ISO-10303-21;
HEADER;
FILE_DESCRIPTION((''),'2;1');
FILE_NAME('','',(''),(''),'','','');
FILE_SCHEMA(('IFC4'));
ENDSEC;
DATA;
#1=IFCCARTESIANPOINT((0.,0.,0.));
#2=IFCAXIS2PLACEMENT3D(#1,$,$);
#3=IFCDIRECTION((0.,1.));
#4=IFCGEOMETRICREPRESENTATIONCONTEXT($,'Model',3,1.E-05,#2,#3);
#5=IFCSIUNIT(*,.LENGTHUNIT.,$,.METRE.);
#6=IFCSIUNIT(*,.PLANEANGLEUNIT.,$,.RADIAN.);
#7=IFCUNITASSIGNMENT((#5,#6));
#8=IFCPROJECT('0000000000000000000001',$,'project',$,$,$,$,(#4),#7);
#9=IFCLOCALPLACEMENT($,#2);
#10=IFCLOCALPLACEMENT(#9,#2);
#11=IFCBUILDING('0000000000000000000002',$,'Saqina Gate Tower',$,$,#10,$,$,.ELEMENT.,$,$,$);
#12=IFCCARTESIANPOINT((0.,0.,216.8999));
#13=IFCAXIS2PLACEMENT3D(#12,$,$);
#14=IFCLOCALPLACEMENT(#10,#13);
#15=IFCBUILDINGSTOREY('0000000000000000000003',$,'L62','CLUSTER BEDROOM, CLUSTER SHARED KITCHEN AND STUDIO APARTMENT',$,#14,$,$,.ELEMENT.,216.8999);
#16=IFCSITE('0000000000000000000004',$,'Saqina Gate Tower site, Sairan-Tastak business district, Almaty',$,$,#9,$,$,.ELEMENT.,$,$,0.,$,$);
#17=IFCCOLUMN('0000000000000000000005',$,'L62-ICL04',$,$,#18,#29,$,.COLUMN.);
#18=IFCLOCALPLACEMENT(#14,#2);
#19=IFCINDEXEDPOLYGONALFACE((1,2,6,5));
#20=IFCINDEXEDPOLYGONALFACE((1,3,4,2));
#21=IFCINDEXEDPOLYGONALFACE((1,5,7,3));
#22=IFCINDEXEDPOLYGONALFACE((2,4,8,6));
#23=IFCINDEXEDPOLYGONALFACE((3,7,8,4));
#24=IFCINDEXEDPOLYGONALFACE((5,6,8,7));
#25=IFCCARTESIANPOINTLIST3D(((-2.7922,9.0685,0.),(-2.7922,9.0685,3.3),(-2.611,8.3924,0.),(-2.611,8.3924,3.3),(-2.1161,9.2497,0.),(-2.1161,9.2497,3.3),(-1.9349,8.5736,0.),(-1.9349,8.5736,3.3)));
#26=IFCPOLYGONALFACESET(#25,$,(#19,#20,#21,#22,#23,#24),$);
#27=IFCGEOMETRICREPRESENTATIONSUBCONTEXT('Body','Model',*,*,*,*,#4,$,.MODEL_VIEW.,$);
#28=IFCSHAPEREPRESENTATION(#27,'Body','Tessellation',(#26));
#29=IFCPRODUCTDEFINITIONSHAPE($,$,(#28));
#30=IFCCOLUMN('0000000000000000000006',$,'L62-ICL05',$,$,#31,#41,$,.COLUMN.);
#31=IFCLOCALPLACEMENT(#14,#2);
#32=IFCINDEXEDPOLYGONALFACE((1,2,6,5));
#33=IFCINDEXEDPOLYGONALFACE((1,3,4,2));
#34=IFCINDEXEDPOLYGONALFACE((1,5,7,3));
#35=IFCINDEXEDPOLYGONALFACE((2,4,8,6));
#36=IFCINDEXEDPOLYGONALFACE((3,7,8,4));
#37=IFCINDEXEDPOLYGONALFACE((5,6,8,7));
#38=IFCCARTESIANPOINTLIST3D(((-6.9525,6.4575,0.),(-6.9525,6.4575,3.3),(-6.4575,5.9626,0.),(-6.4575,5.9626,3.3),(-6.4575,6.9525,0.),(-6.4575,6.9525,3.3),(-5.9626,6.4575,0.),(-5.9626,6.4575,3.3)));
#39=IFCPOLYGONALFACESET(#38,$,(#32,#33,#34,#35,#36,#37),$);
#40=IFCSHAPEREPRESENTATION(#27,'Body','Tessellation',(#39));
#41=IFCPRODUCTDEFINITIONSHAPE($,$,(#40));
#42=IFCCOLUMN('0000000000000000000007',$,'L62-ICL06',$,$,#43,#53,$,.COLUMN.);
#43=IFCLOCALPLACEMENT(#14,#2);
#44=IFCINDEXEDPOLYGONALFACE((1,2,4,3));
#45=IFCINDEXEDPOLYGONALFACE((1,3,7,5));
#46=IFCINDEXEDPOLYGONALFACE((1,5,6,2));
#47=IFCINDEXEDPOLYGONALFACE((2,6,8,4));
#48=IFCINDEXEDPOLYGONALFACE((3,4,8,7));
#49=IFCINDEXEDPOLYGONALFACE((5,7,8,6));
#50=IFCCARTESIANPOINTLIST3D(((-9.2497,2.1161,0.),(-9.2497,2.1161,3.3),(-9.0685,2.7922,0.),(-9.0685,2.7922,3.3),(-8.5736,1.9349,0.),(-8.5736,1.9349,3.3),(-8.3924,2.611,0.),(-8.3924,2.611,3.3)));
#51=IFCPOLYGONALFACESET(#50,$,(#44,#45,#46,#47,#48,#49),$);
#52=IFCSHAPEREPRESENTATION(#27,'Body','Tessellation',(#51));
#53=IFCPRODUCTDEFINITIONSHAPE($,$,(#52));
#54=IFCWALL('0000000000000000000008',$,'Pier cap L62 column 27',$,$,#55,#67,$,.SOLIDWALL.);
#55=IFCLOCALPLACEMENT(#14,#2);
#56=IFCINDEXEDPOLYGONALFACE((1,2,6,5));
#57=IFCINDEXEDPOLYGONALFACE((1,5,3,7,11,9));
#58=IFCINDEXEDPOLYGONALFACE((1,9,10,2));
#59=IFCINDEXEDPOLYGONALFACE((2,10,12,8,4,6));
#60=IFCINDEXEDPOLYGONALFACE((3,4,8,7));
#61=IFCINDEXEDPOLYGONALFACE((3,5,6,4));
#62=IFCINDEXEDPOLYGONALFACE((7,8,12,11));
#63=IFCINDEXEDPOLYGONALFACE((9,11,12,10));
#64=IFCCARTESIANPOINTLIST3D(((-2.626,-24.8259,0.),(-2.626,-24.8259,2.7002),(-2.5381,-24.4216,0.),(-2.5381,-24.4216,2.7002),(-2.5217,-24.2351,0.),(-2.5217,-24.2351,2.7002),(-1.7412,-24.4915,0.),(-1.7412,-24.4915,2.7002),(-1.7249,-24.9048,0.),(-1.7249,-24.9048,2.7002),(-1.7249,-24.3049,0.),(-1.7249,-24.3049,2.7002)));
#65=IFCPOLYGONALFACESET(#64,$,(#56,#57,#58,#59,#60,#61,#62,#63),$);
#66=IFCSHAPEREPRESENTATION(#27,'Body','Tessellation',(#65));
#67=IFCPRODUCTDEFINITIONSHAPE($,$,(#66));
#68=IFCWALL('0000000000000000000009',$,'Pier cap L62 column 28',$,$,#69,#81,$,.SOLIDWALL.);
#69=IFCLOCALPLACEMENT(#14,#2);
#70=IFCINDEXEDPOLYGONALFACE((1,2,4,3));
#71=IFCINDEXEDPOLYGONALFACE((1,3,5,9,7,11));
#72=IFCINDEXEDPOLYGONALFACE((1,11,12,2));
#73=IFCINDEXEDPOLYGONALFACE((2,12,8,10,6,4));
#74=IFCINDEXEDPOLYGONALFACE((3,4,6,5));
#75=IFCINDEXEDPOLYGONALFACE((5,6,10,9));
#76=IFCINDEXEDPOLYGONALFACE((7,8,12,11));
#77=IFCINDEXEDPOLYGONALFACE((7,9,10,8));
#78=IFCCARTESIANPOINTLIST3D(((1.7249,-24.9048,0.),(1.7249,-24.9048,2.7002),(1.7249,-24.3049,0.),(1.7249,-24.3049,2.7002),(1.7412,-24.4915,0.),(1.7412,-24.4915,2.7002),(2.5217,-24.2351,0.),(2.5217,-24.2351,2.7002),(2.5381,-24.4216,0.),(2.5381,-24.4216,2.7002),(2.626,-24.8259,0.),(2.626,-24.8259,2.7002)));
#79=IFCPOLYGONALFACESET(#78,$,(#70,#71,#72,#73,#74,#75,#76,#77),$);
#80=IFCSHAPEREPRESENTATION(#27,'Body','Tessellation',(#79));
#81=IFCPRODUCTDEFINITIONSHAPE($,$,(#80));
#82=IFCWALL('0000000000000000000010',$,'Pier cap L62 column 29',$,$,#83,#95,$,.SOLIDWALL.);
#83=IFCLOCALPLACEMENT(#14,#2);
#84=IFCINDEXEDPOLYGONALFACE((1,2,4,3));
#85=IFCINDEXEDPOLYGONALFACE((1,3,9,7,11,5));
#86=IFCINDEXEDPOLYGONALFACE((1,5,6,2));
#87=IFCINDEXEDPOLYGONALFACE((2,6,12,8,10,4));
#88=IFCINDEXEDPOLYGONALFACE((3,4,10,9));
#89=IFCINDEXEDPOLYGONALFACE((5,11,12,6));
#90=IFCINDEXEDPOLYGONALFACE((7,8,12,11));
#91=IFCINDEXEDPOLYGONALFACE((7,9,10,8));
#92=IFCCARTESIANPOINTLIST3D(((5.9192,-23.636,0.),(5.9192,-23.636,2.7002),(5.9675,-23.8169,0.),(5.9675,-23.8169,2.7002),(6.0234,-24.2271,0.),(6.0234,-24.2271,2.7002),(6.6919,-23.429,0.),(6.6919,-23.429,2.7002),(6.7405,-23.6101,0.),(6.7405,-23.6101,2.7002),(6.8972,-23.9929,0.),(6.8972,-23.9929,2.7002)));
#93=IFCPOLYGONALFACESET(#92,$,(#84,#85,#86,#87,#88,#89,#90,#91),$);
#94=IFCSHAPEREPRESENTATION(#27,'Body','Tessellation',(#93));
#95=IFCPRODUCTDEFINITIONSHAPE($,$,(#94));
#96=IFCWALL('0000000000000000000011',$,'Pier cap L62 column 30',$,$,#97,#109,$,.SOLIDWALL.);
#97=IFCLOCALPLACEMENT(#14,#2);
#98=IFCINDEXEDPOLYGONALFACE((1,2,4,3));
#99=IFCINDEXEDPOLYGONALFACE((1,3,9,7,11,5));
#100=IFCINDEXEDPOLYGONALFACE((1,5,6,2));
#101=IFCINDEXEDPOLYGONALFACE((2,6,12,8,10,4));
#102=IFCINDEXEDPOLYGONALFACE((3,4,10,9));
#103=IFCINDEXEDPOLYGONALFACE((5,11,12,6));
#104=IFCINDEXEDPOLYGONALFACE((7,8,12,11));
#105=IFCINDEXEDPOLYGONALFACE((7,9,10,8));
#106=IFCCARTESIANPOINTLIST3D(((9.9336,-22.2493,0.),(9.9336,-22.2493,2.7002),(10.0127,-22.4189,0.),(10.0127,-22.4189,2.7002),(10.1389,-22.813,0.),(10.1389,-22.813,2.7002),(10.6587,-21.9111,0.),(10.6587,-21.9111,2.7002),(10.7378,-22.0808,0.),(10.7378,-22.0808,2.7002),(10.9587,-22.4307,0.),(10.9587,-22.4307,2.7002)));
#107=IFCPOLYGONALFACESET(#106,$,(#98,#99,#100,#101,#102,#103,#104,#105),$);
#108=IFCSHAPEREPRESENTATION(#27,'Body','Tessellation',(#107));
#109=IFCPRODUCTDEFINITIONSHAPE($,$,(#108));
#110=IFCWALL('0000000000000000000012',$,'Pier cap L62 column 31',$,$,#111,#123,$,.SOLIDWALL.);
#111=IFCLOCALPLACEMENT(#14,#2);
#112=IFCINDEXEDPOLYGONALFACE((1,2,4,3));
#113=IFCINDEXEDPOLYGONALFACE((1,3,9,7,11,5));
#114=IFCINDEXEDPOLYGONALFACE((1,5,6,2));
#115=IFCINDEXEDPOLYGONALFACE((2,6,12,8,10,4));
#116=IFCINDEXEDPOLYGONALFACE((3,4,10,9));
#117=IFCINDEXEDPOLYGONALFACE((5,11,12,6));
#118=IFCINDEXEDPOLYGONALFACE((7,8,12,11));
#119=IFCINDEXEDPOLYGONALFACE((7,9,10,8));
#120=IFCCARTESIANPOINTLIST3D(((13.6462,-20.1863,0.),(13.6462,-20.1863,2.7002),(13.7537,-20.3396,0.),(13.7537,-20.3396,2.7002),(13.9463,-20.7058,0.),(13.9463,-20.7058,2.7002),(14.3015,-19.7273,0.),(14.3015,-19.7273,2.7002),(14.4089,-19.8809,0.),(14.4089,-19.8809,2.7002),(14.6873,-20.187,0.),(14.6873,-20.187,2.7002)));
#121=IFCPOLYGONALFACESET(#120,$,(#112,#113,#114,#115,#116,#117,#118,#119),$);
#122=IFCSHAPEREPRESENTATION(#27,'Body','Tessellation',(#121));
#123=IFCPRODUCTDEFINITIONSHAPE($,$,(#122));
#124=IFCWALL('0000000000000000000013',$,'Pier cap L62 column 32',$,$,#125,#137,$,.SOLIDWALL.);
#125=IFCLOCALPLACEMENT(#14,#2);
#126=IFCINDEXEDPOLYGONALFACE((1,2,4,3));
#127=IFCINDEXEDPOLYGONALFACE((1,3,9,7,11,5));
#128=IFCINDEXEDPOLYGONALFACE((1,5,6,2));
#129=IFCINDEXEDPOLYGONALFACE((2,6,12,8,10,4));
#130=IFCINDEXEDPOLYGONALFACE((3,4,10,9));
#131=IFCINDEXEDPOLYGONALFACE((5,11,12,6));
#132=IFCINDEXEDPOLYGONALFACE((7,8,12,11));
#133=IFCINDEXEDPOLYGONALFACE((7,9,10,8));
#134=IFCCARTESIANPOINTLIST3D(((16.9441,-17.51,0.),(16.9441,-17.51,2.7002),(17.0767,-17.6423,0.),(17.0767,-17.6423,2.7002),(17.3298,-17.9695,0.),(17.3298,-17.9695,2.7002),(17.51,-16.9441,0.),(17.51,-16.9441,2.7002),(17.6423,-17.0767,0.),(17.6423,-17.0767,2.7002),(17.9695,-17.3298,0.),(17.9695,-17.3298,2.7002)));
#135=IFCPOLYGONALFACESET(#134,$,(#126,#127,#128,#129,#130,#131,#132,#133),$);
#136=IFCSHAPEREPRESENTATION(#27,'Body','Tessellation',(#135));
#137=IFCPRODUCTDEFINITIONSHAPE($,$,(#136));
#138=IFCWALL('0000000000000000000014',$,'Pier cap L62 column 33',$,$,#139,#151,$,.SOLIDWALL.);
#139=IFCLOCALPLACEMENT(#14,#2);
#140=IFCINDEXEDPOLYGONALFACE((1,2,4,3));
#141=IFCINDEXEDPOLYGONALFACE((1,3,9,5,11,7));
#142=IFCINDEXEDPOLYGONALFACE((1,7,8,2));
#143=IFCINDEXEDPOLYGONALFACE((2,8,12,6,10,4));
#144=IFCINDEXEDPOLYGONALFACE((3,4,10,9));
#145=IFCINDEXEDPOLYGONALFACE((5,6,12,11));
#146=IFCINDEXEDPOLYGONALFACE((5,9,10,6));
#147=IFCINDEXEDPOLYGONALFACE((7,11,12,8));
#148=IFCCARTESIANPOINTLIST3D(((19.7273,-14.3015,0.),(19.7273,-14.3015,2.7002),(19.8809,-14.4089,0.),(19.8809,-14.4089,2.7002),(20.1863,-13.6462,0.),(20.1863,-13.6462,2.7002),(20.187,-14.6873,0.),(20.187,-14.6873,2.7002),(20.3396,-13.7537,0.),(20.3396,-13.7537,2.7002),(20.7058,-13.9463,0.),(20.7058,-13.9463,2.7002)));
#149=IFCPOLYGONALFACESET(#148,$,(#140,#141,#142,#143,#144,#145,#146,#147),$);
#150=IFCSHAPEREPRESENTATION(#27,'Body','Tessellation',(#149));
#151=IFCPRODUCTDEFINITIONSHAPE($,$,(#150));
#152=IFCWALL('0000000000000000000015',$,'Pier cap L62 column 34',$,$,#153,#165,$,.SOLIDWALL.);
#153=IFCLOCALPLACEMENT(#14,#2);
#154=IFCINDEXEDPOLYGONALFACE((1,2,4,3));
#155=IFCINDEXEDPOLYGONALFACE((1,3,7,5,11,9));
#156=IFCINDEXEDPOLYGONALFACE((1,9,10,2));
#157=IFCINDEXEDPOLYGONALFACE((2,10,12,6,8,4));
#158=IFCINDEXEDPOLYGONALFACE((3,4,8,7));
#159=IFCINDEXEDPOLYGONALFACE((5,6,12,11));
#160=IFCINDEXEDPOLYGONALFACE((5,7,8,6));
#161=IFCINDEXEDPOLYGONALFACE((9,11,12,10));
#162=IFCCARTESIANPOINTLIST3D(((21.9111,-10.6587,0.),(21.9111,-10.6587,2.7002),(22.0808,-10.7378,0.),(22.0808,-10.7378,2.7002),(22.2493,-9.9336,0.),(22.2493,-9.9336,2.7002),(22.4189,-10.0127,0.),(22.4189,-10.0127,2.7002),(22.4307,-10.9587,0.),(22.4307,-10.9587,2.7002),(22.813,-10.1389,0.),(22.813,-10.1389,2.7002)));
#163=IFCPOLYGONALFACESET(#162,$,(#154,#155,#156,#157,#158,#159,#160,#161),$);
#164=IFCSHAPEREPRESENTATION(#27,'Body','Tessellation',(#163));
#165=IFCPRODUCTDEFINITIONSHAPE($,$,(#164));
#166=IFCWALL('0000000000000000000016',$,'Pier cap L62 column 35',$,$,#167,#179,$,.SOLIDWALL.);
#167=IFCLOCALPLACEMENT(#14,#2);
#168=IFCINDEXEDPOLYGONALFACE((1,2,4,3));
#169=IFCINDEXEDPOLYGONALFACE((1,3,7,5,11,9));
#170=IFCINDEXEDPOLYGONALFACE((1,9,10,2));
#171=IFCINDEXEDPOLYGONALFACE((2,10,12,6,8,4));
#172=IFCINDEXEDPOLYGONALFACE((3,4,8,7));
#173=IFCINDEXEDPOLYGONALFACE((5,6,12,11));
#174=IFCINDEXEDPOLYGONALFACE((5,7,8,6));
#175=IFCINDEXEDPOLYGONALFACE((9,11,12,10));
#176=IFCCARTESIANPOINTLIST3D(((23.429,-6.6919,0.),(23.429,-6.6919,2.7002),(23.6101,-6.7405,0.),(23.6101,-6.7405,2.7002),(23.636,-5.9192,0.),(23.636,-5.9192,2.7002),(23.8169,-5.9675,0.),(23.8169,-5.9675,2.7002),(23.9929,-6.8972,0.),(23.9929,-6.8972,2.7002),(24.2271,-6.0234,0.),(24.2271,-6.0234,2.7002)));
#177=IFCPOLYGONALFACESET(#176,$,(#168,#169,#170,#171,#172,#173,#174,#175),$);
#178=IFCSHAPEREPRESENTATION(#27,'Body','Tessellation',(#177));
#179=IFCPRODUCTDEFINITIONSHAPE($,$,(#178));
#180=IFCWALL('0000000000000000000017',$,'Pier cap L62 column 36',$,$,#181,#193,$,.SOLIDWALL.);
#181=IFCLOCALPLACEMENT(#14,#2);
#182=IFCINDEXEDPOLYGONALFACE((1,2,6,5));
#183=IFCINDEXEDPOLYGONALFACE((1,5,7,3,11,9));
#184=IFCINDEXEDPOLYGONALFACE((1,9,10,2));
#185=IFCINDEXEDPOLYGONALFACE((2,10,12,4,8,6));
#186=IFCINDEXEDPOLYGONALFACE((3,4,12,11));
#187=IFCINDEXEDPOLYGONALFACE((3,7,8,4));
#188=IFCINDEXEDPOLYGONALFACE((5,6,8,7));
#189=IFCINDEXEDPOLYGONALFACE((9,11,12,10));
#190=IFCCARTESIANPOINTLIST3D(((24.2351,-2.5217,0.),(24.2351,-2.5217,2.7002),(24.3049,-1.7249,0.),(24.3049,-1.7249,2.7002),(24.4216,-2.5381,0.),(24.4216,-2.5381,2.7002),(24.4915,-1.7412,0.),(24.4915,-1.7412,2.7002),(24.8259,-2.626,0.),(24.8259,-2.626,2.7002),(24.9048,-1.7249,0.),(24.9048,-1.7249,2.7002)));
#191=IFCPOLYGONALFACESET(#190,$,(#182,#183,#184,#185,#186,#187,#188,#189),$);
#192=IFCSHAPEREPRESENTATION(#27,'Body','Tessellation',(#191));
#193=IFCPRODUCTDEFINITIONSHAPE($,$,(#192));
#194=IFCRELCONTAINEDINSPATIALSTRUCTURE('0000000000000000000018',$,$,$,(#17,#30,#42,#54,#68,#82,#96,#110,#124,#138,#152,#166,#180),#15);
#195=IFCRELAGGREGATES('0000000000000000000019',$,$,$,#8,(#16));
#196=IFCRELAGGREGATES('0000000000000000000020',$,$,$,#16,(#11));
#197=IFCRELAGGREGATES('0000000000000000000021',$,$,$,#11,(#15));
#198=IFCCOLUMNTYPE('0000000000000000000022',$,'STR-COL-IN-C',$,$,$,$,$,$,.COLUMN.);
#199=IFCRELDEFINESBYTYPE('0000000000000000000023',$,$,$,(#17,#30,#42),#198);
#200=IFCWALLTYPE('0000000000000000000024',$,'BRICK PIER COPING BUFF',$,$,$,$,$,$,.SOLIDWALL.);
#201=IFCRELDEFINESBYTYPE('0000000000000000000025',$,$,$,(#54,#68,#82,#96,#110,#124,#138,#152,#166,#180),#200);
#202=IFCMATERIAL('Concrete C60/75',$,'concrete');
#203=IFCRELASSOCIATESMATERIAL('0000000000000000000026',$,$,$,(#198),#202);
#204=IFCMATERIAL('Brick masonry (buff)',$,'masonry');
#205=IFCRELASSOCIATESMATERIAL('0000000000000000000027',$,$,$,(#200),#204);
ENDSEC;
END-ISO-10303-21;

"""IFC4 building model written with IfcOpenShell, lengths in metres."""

from ifc_helpers import new_model, si_unit, direction, frame, origin, origin_2d, place, context, subcontext, project, spatial, polyline, rectangle, outline, extrude, material, material_profile, profile_set, type_object, element, save


model = new_model("IFC4")

# Units and contexts
model_context = context("Model", 3, precision=1e-05, world=origin(), true_north=direction((0.0, 1.0)))
body_context = subcontext(model_context, "Body", "Model", "MODEL_VIEW")
ifc_project = project(units=[si_unit("LENGTHUNIT", "METRE"), si_unit("PLANEANGLEUNIT", "RADIAN")], contexts=[model_context])

# Site, building, storey
site_placement = place(None, origin())
site = spatial("IfcSite", under=ifc_project, at=site_placement, Name="Saqina Gate Tower site, Sairan-Tastak business district, Almaty", CompositionType="ELEMENT", RefElevation=0.0)
building_placement = place(site_placement, origin())
building = spatial("IfcBuilding", under=site, at=building_placement, Name="Saqina Gate Tower", CompositionType="ELEMENT")
storey_placement = place(building_placement, frame((0.0, 0.0, 216.8999)))
storey = spatial("IfcBuildingStorey", under=building, at=storey_placement, Name="L62", Description="CLUSTER BEDROOM, CLUSTER SHARED KITCHEN AND STUDIO APARTMENT", CompositionType="ELEMENT", Elevation=216.8999)

# Columns
ifc_material_1 = material(Name="Concrete C60/75", Category="concrete")
ifc_material_profile = material_profile(ifc_material_1, rectangle(XDim=0.7, YDim=0.7, at=origin_2d()), Name="RC 700x700")
ifc_profile_set = profile_set([ifc_material_profile], Name="Concrete C60/75")
column_type = type_object("IfcColumnType", Name="STR-COL-IN-C", PredefinedType="COLUMN", material=ifc_profile_set)
for number, where, z_axis, x_axis, name in (
    (1, (-2.3635, 8.821, 0.0), (0.0, 0.0, 1.0), (-0.258819, 0.965926, 0.0), "L62-ICL04"),
    (2, (-6.4575, 6.4575, 0.0), (0.0, 0.0, 1.0), (-0.707107, 0.707107, 0.0), "L62-ICL05"),
    (3, (-8.821, 2.3635, 0.0), (0.0, 0.0, 1.0), (-0.965926, 0.258819, 0.0), "L62-ICL06"),
):
    element("IfcColumn", number, at=place(storey_placement, frame(where, z_axis=z_axis, x_axis=x_axis)), inside=storey, type_object=column_type, Name=name, PredefinedType="COLUMN", context=body_context, shape_type="SweptSolid", body=[
        extrude(rectangle(XDim=0.7, YDim=0.7, at=origin_2d()), origin(), (0.0, 0.0, 1.0), 3.3),
    ])

# Walls
ifc_material_2 = material(Name="Brick masonry (buff)", Category="masonry")
wall_type_1 = type_object("IfcWallType", Name="BRICK PIER COPING BUFF", PredefinedType="SOLIDWALL", material=ifc_material_2)
wall_1_placement = place(storey_placement, origin())
element("IfcWall", 4, at=wall_1_placement, inside=storey, type_object=wall_type_1, Name="Pier cap L62 column 27", PredefinedType="SOLIDWALL", context=body_context, shape_type="SweptSolid", body=[
    extrude(outline(polyline([(-2.626, -24.8259), (-1.7249, -24.9048), (-1.7249, -24.3049), (-1.7412, -24.4915), (-2.5381, -24.4216), (-2.5217, -24.2351), (-2.626, -24.8259)])), origin(), (0.0, 0.0, 1.0), 2.7002),
])
wall_2_placement = place(storey_placement, origin())
element("IfcWall", 5, at=wall_2_placement, inside=storey, type_object=wall_type_1, Name="Pier cap L62 column 28", PredefinedType="SOLIDWALL", context=body_context, shape_type="SweptSolid", body=[
    extrude(outline(polyline([(1.7249, -24.9048), (2.626, -24.8259), (2.5217, -24.2351), (2.5381, -24.4216), (1.7412, -24.4915), (1.7249, -24.3049), (1.7249, -24.9048)])), origin(), (0.0, 0.0, 1.0), 2.7002),
])
wall_3_placement = place(storey_placement, origin())
element("IfcWall", 6, at=wall_3_placement, inside=storey, type_object=wall_type_1, Name="Pier cap L62 column 29", PredefinedType="SOLIDWALL", context=body_context, shape_type="SweptSolid", body=[
    extrude(outline(polyline([(6.0234, -24.2271), (6.8972, -23.9929), (6.6919, -23.429), (6.7405, -23.6101), (5.9675, -23.8169), (5.9192, -23.636), (6.0234, -24.2271)])), origin(), (0.0, 0.0, 1.0), 2.7002),
])
wall_4_placement = place(storey_placement, origin())
element("IfcWall", 7, at=wall_4_placement, inside=storey, type_object=wall_type_1, Name="Pier cap L62 column 30", PredefinedType="SOLIDWALL", context=body_context, shape_type="SweptSolid", body=[
    extrude(outline(polyline([(10.9587, -22.4307), (10.6587, -21.9111), (10.7378, -22.0808), (10.0127, -22.4189), (9.9336, -22.2493), (10.1389, -22.813), (10.9587, -22.4307)])), origin(), (0.0, 0.0, 1.0), 2.7002),
])
wall_5_placement = place(storey_placement, origin())
element("IfcWall", 8, at=wall_5_placement, inside=storey, type_object=wall_type_1, Name="Pier cap L62 column 31", PredefinedType="SOLIDWALL", context=body_context, shape_type="SweptSolid", body=[
    extrude(outline(polyline([(13.9463, -20.7058), (14.6873, -20.187), (14.3015, -19.7273), (14.4089, -19.8809), (13.7537, -20.3396), (13.6462, -20.1863), (13.9463, -20.7058)])), origin(), (0.0, 0.0, 1.0), 2.7002),
])
wall_6_placement = place(storey_placement, origin())
element("IfcWall", 9, at=wall_6_placement, inside=storey, type_object=wall_type_1, Name="Pier cap L62 column 32", PredefinedType="SOLIDWALL", context=body_context, shape_type="SweptSolid", body=[
    extrude(outline(polyline([(17.9695, -17.3298), (17.51, -16.9441), (17.6423, -17.0767), (17.0767, -17.6423), (16.9441, -17.51), (17.3298, -17.9695), (17.9695, -17.3298)])), origin(), (0.0, 0.0, 1.0), 2.7002),
])
wall_7_placement = place(storey_placement, origin())
element("IfcWall", 10, at=wall_7_placement, inside=storey, type_object=wall_type_1, Name="Pier cap L62 column 33", PredefinedType="SOLIDWALL", context=body_context, shape_type="SweptSolid", body=[
    extrude(outline(polyline([(20.187, -14.6873), (20.7058, -13.9463), (20.1863, -13.6462), (20.3396, -13.7537), (19.8809, -14.4089), (19.7273, -14.3015), (20.187, -14.6873)])), origin(), (0.0, 0.0, 1.0), 2.7002),
])
wall_8_placement = place(storey_placement, origin())
element("IfcWall", 11, at=wall_8_placement, inside=storey, type_object=wall_type_1, Name="Pier cap L62 column 34", PredefinedType="SOLIDWALL", context=body_context, shape_type="SweptSolid", body=[
    extrude(outline(polyline([(22.813, -10.1389), (22.2493, -9.9336), (22.4189, -10.0127), (22.0808, -10.7378), (21.9111, -10.6587), (22.4307, -10.9587), (22.813, -10.1389)])), origin(), (0.0, 0.0, 1.0), 2.7002),
])
wall_9_placement = place(storey_placement, origin())
element("IfcWall", 12, at=wall_9_placement, inside=storey, type_object=wall_type_1, Name="Pier cap L62 column 35", PredefinedType="SOLIDWALL", context=body_context, shape_type="SweptSolid", body=[
    extrude(outline(polyline([(24.2271, -6.0234), (23.636, -5.9192), (23.8169, -5.9675), (23.6101, -6.7405), (23.429, -6.6919), (23.9929, -6.8972), (24.2271, -6.0234)])), origin(), (0.0, 0.0, 1.0), 2.7002),
])
wall_10_placement = place(storey_placement, origin())
element("IfcWall", 13, at=wall_10_placement, inside=storey, type_object=wall_type_1, Name="Pier cap L62 column 36", PredefinedType="SOLIDWALL", context=body_context, shape_type="SweptSolid", body=[
    extrude(outline(polyline([(24.8259, -2.626), (24.9048, -1.7249), (24.3049, -1.7249), (24.4915, -1.7412), (24.4216, -2.5381), (24.2351, -2.5217), (24.8259, -2.626)])), origin(), (0.0, 0.0, 1.0), 2.7002),
])

save(model, "model.ifc")
